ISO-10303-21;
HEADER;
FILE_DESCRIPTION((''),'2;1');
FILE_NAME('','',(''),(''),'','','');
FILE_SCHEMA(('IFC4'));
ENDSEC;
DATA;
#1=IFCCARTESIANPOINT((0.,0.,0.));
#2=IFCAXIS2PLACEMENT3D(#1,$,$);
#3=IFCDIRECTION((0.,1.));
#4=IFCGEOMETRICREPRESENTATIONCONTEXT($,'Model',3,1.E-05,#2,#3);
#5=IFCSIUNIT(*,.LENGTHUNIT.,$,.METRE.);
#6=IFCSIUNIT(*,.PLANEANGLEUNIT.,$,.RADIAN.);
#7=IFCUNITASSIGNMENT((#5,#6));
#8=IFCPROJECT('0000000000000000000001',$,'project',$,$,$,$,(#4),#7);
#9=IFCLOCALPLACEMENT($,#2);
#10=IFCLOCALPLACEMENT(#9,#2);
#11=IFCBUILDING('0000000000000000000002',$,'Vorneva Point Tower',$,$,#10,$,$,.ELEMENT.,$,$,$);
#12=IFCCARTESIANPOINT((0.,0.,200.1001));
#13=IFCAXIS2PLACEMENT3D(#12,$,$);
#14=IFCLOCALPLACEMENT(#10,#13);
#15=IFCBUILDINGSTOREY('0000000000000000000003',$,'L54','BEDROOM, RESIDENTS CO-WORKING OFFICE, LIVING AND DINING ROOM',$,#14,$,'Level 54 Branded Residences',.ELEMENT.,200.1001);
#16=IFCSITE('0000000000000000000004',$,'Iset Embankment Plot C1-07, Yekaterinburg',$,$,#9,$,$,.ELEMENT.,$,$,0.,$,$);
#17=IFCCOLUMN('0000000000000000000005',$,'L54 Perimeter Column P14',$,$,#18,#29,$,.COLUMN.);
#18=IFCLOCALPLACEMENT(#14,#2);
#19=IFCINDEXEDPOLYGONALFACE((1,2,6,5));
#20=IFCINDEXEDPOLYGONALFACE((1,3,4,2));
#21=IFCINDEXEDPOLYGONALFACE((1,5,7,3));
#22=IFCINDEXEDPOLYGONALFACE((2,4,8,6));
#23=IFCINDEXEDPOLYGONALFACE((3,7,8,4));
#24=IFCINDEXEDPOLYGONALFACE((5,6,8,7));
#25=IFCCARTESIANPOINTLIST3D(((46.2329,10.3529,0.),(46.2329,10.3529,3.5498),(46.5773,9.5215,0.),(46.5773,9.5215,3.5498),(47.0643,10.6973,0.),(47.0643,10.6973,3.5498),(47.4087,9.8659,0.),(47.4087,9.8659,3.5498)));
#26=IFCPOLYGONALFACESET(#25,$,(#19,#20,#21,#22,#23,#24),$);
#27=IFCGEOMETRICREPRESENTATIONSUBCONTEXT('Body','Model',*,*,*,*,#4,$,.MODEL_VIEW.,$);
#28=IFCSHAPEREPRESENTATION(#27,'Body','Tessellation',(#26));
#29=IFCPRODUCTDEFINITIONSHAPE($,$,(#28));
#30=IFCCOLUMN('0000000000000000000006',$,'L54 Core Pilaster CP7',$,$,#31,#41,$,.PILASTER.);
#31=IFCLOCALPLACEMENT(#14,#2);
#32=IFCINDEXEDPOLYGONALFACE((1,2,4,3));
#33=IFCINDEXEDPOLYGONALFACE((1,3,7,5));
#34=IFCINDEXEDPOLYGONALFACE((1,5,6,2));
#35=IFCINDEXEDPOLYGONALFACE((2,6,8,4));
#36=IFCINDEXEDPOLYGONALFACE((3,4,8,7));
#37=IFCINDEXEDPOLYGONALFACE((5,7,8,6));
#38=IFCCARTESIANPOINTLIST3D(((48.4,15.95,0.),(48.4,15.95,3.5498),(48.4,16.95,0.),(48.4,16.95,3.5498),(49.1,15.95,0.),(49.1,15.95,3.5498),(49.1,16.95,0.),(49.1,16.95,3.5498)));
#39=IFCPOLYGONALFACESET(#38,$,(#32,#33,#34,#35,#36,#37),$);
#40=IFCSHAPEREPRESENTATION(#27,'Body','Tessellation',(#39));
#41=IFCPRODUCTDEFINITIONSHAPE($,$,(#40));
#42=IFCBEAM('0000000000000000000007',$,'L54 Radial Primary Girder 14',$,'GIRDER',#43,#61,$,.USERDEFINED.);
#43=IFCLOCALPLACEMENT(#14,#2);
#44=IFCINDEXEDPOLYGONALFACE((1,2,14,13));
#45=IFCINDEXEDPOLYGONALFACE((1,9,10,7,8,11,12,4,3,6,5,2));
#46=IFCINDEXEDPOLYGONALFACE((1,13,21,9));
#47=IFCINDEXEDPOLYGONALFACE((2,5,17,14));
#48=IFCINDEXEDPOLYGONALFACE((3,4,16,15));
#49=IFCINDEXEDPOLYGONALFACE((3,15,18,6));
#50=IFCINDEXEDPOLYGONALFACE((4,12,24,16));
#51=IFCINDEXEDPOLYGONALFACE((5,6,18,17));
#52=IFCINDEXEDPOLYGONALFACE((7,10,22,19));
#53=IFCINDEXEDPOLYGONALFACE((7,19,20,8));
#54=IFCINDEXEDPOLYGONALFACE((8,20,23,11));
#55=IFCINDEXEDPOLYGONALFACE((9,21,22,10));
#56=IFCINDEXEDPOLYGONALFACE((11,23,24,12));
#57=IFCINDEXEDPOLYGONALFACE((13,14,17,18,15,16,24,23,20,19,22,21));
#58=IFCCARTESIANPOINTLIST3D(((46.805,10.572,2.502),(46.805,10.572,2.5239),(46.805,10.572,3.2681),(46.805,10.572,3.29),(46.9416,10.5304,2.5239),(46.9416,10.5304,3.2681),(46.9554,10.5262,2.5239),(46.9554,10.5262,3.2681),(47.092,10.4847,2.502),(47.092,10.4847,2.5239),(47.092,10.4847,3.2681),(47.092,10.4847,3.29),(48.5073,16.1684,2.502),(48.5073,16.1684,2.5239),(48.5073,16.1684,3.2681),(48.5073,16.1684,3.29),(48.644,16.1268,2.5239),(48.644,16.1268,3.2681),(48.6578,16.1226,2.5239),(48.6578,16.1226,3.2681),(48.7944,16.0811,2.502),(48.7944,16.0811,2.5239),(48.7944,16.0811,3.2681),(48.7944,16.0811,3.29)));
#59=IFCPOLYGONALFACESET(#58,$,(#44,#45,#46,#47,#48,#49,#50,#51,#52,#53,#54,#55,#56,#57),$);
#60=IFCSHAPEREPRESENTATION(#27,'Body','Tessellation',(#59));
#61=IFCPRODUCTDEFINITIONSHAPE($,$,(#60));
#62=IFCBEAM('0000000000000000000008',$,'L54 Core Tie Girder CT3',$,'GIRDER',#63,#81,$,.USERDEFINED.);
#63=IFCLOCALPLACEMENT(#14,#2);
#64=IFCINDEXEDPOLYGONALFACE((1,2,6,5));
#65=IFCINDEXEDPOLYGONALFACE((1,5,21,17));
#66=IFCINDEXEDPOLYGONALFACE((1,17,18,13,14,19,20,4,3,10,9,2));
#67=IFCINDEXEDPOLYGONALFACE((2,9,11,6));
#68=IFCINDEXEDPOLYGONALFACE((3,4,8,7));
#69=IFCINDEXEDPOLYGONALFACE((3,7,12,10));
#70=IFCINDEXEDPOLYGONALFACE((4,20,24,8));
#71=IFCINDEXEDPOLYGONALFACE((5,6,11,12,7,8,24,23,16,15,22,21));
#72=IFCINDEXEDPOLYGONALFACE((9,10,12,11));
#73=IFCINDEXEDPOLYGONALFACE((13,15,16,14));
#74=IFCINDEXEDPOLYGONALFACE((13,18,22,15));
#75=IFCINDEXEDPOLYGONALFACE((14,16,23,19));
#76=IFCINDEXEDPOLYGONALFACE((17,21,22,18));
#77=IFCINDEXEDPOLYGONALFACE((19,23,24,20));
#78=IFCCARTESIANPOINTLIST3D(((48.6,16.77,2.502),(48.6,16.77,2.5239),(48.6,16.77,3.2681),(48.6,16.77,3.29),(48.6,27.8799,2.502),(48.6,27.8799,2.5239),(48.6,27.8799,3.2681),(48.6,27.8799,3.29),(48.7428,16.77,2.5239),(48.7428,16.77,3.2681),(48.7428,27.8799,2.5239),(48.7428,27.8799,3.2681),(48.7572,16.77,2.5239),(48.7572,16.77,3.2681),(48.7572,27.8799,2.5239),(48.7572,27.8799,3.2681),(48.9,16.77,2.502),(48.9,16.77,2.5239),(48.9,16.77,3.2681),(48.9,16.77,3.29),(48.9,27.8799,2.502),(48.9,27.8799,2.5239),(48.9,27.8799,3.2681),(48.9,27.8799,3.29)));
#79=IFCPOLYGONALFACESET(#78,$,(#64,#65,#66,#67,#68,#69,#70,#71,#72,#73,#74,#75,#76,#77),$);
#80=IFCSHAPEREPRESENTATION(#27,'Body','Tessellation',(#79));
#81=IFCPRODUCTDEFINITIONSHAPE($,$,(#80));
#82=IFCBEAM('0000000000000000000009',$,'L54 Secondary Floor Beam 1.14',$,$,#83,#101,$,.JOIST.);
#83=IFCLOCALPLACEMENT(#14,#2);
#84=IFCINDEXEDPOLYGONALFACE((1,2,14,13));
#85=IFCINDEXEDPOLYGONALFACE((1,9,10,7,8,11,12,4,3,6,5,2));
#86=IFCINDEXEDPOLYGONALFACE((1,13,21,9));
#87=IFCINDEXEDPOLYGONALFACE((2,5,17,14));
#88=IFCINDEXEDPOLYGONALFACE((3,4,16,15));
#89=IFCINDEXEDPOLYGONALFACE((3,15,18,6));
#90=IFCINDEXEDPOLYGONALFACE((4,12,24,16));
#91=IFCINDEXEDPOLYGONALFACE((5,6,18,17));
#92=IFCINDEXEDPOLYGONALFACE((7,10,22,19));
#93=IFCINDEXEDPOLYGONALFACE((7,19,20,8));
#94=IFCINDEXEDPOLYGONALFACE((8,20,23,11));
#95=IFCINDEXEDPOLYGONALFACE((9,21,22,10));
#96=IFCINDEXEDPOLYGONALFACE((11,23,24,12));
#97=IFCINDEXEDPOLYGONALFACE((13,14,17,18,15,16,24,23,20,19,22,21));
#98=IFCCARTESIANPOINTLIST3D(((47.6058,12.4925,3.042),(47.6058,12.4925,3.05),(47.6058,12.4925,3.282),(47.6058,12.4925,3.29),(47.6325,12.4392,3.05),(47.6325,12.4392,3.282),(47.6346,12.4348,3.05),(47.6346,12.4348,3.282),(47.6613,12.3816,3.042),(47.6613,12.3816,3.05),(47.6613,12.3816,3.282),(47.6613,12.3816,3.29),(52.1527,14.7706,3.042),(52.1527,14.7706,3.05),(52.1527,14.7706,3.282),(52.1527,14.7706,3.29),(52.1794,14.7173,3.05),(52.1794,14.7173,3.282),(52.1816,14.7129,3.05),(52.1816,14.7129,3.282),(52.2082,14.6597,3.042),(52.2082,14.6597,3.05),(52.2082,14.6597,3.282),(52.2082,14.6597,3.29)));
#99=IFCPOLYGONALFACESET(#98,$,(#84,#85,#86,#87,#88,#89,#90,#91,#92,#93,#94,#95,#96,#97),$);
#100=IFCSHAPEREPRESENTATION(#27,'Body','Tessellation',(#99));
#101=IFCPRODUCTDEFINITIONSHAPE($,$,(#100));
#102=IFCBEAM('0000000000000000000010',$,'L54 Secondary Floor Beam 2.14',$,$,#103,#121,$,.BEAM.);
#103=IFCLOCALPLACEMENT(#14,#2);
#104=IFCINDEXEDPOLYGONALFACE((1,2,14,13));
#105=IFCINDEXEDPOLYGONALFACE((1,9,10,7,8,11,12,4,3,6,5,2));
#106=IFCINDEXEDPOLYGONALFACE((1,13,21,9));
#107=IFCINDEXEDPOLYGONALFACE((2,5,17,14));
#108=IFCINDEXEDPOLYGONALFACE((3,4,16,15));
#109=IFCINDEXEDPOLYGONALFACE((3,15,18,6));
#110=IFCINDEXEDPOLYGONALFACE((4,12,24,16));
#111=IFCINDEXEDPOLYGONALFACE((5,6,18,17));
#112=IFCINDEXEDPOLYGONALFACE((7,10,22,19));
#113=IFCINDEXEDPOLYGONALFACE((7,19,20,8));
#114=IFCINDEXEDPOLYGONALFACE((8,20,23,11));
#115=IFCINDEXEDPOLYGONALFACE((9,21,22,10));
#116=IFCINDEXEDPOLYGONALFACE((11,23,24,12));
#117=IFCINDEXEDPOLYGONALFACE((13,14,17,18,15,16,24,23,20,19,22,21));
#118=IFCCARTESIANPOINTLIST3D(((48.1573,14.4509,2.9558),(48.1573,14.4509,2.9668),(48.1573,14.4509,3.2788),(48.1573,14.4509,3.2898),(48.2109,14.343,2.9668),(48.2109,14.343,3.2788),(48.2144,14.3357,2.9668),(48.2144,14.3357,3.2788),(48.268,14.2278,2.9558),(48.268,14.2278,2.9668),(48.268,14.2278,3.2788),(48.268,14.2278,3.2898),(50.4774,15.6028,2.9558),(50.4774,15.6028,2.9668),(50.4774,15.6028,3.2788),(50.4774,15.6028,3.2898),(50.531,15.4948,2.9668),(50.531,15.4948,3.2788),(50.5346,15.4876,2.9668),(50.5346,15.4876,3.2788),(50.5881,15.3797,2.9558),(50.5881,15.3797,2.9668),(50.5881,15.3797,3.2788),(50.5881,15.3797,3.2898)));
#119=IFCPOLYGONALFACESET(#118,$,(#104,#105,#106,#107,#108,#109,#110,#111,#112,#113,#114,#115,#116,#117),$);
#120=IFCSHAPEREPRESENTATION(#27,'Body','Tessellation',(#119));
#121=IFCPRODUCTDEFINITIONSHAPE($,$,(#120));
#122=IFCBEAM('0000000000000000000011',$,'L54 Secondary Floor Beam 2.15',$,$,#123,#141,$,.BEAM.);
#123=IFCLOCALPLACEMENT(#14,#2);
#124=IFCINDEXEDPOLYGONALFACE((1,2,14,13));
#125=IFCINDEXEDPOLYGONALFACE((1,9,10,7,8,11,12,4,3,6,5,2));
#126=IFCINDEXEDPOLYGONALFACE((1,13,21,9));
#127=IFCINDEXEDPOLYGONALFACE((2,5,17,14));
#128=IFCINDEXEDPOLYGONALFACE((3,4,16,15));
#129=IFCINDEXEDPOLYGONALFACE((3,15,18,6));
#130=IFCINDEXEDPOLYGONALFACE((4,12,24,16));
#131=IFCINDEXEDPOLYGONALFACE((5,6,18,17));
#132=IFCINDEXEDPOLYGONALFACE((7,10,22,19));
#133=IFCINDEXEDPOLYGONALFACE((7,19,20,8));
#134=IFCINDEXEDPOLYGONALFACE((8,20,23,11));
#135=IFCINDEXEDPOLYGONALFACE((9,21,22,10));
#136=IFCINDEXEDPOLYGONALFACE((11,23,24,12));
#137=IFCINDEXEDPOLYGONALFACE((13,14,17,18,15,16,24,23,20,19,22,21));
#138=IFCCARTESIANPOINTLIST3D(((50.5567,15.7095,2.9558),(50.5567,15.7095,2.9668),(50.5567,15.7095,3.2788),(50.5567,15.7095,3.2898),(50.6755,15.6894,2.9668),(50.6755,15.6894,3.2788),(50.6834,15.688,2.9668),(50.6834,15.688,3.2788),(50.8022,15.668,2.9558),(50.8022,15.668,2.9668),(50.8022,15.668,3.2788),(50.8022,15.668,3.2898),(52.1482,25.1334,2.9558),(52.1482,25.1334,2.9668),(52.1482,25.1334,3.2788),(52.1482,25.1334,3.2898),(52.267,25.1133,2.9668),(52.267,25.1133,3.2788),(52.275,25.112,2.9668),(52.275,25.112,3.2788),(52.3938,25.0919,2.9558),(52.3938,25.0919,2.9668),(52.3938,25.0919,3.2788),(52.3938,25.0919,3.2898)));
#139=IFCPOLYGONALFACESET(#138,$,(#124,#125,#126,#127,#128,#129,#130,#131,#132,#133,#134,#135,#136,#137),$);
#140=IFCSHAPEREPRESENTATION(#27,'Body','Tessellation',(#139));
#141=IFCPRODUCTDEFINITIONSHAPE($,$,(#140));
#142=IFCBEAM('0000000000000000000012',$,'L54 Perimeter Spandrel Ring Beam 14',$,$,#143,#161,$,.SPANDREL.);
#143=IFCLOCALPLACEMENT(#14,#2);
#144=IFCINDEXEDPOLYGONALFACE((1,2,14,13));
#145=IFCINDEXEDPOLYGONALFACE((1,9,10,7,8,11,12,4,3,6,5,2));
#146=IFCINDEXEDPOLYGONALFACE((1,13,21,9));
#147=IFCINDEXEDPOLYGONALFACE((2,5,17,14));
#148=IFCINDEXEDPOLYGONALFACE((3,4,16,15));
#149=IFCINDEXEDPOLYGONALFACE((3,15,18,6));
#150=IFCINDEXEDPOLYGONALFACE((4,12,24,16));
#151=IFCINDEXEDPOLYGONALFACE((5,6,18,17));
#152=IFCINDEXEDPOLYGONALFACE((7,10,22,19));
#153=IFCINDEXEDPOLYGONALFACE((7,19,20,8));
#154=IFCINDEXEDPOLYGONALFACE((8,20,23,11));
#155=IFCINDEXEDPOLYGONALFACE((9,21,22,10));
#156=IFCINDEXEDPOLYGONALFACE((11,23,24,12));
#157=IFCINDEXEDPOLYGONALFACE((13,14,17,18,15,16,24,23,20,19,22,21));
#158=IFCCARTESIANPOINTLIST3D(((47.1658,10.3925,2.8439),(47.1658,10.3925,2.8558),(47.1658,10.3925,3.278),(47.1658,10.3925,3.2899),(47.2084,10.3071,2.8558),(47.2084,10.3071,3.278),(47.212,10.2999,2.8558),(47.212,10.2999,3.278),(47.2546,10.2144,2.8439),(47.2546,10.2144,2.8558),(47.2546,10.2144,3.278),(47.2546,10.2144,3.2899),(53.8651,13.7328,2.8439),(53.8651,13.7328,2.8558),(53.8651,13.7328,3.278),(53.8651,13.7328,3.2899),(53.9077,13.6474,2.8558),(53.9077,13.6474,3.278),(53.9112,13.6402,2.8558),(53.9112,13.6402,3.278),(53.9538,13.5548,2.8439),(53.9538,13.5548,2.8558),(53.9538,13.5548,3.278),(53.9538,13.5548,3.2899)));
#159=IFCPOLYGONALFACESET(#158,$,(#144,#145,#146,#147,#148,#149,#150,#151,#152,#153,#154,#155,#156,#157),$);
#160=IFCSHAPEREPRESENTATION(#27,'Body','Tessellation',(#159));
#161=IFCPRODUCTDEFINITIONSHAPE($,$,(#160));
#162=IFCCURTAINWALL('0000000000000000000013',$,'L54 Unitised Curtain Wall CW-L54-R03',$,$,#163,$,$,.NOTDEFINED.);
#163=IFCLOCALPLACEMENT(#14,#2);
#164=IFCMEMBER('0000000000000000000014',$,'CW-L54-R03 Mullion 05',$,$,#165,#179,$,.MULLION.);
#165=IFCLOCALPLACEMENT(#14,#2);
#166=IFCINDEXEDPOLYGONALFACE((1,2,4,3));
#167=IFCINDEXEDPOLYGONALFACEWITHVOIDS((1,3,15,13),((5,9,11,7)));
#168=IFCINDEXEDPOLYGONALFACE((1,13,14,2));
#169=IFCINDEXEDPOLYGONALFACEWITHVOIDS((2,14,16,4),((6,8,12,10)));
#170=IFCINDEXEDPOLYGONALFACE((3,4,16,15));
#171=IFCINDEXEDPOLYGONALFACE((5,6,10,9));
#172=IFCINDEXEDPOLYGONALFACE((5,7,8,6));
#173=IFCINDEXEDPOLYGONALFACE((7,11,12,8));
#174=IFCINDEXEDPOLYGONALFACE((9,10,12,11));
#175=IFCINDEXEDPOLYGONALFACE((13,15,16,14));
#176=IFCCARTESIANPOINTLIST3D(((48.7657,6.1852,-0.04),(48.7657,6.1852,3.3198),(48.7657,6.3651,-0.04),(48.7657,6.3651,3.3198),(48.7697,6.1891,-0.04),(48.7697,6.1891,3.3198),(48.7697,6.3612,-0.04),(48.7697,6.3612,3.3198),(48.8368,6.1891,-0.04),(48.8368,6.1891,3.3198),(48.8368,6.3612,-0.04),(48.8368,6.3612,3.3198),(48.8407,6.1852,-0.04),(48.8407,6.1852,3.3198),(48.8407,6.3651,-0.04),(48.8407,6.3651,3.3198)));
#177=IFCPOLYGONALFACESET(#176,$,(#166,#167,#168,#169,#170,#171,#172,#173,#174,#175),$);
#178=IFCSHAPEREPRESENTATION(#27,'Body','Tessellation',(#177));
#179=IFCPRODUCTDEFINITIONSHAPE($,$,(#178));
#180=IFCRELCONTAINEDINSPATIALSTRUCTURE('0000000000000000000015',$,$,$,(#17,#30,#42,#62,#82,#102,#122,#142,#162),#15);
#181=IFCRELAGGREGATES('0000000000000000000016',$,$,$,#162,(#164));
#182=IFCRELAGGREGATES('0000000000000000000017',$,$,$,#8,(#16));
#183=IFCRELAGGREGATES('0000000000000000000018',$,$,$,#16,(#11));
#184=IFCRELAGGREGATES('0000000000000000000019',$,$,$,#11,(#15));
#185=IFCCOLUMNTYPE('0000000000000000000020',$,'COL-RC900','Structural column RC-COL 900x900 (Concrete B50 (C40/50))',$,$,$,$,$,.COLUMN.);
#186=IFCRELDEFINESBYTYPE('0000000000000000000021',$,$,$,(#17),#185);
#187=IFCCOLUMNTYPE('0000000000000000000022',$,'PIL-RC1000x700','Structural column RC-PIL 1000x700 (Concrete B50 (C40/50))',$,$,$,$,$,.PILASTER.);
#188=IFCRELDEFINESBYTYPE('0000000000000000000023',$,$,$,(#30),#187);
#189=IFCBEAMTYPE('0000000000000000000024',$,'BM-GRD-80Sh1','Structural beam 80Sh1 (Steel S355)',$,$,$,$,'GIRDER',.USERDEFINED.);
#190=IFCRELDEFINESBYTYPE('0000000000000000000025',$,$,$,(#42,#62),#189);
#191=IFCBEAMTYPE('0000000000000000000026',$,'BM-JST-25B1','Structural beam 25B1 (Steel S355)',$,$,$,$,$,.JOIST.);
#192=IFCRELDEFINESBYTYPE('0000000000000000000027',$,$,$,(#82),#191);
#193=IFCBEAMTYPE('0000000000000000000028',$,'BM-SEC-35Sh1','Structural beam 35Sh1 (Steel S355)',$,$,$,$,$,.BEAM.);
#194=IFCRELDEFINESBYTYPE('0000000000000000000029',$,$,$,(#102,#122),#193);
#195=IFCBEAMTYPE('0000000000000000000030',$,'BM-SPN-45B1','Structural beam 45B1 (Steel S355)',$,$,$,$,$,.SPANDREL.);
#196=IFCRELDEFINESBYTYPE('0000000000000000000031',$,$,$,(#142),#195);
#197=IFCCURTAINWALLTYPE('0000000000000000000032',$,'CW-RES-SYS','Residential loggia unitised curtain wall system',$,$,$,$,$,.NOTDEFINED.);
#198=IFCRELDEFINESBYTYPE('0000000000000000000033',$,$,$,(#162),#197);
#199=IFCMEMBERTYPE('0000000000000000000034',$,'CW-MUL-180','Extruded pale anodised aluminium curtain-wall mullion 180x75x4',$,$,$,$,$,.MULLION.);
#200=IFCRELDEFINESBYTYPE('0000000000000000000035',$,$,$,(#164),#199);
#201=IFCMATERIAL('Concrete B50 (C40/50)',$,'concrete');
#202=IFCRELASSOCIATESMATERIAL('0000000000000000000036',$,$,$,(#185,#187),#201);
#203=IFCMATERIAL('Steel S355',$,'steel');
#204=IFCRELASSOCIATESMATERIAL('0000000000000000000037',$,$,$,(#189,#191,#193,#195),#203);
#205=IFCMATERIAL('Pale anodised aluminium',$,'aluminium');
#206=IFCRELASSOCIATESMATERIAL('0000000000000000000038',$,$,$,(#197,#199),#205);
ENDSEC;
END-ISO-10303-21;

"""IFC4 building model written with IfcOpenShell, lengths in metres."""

from ifc_helpers import new_model, si_unit, direction, frame, origin, origin_2d, place, context, subcontext, project, spatial, rectangle, hollow_rectangle, i_section, extrude, material, material_profile, profile_set, type_object, element, aggregate, save


model = new_model("IFC4")

# Units and contexts
model_context = context("Model", 3, precision=1e-05, world=origin(), true_north=direction((0.0, 1.0)))
body_context = subcontext(model_context, "Body", "Model", "MODEL_VIEW")
ifc_project = project(units=[si_unit("LENGTHUNIT", "METRE"), si_unit("PLANEANGLEUNIT", "RADIAN")], contexts=[model_context])

# Site, building, storey
site_placement = place(None, origin())
site = spatial("IfcSite", under=ifc_project, at=site_placement, Name="Iset Embankment Plot C1-07, Yekaterinburg", CompositionType="ELEMENT", RefElevation=0.0)
building_placement = place(site_placement, origin())
building = spatial("IfcBuilding", under=site, at=building_placement, Name="Vorneva Point Tower", CompositionType="ELEMENT")
storey_placement = place(building_placement, frame((0.0, 0.0, 200.1001)))
storey = spatial("IfcBuildingStorey", under=building, at=storey_placement, Name="L54", Description="BEDROOM, RESIDENTS CO-WORKING OFFICE, LIVING AND DINING ROOM", LongName="Level 54 Branded Residences", CompositionType="ELEMENT", Elevation=200.1001)

# Columns
ifc_material_1 = material(Name="Concrete B50 (C40/50)", Category="concrete")
ifc_material_profile_1 = material_profile(ifc_material_1, rectangle(XDim=0.8999, YDim=0.8999, at=origin_2d()), Name="RC-COL 900x900")
ifc_profile_set_1 = profile_set([ifc_material_profile_1], Name="Concrete B50 (C40/50)")
column_type_1 = type_object("IfcColumnType", Name="COL-RC900", Description="Structural column RC-COL 900x900 (Concrete B50 (C40/50))", PredefinedType="COLUMN", material=ifc_profile_set_1)
column_1_placement = place(storey_placement, frame((46.8208, 10.1094, 0.0), z_axis=(0.0, 0.0, 1.0), x_axis=(0.382683, -0.92388, 0.0)))
element("IfcColumn", 1, at=column_1_placement, inside=storey, type_object=column_type_1, Name="L54 Perimeter Column P14", PredefinedType="COLUMN", context=body_context, shape_type="SweptSolid", body=[
    extrude(rectangle(XDim=0.8999, YDim=0.8999, at=origin_2d()), origin(), (0.0, 0.0, 1.0), 3.5498),
])
ifc_material_profile_2 = material_profile(ifc_material_1, rectangle(XDim=0.7, YDim=1.0, at=origin_2d()), Name="RC-PIL 1000x700")
ifc_profile_set_2 = profile_set([ifc_material_profile_2], Name="Concrete B50 (C40/50)")
column_type_2 = type_object("IfcColumnType", Name="PIL-RC1000x700", Description="Structural column RC-PIL 1000x700 (Concrete B50 (C40/50))", PredefinedType="PILASTER", material=ifc_profile_set_2)
column_2_placement = place(storey_placement, frame((48.75, 16.45, 0.0), z_axis=(0.0, 0.0, 1.0), x_axis=(1.0, 0.0, 0.0)))
element("IfcColumn", 2, at=column_2_placement, inside=storey, type_object=column_type_2, Name="L54 Core Pilaster CP7", PredefinedType="PILASTER", context=body_context, shape_type="SweptSolid", body=[
    extrude(rectangle(XDim=0.7, YDim=1.0, at=origin_2d()), origin(), (0.0, 0.0, 1.0), 3.5498),
])

# Beams
ifc_material_2 = material(Name="Steel S355", Category="steel")
ifc_material_profile_3 = material_profile(ifc_material_2, i_section(OverallWidth=0.3, OverallDepth=0.7881, WebThickness=0.0144, FlangeThickness=0.022, at=origin_2d()), Name="80Sh1")
ifc_profile_set_3 = profile_set([ifc_material_profile_3], Name="Steel S355")
beam_type_1 = type_object("IfcBeamType", Name="BM-GRD-80Sh1", Description="Structural beam 80Sh1 (Steel S355)", ElementType="GIRDER", PredefinedType="USERDEFINED", material=ifc_profile_set_3)
beam_1_placement = place(storey_placement, frame((46.9485, 10.5283, 2.896), z_axis=(0.291025, 0.956715, 0.0), x_axis=(-0.956715, 0.291025, 0.0)))
element("IfcBeam", 3, at=beam_1_placement, inside=storey, type_object=beam_type_1, Name="L54 Radial Primary Girder 14", ObjectType="GIRDER", PredefinedType="USERDEFINED", context=body_context, shape_type="SweptSolid", body=[
    extrude(i_section(OverallWidth=0.3, OverallDepth=0.7881, WebThickness=0.0144, FlangeThickness=0.022, at=origin_2d()), origin(), (0.0, 0.0, 1.0), 5.8496),
])
beam_2_placement = place(storey_placement, frame((48.75, 16.77, 2.896), z_axis=(0.0, 1.0, 0.0), x_axis=(-1.0, 0.0, 0.0)))
element("IfcBeam", 4, at=beam_2_placement, inside=storey, type_object=beam_type_1, Name="L54 Core Tie Girder CT3", ObjectType="GIRDER", PredefinedType="USERDEFINED", context=body_context, shape_type="SweptSolid", body=[
    extrude(i_section(OverallWidth=0.3, OverallDepth=0.7881, WebThickness=0.0144, FlangeThickness=0.022, at=origin_2d()), origin(), (0.0, 0.0, 1.0), 11.1099),
])
ifc_material_profile_4 = material_profile(ifc_material_2, i_section(OverallWidth=0.124, OverallDepth=0.248, WebThickness=0.0049, FlangeThickness=0.0081, at=origin_2d()), Name="25B1")
ifc_profile_set_4 = profile_set([ifc_material_profile_4], Name="Steel S355")
beam_type_2 = type_object("IfcBeamType", Name="BM-JST-25B1", Description="Structural beam 25B1 (Steel S355)", PredefinedType="JOIST", material=ifc_profile_set_4)
beam_3_placement = place(storey_placement, frame((47.6335, 12.437, 3.166), z_axis=(0.894062, 0.447943, 0.0), x_axis=(-0.447943, 0.894062, 0.0)))
element("IfcBeam", 5, at=beam_3_placement, inside=storey, type_object=beam_type_2, Name="L54 Secondary Floor Beam 1.14", PredefinedType="JOIST", context=body_context, shape_type="SweptSolid", body=[
    extrude(i_section(OverallWidth=0.124, OverallDepth=0.248, WebThickness=0.0049, FlangeThickness=0.0081, at=origin_2d()), origin(), (0.0, 0.0, 1.0), 5.0857),
])
ifc_material_profile_5 = material_profile(ifc_material_2, i_section(OverallWidth=0.249, OverallDepth=0.334, WebThickness=0.0081, FlangeThickness=0.011, at=origin_2d()), Name="35Sh1")
ifc_profile_set_5 = profile_set([ifc_material_profile_5], Name="Steel S355")
beam_type_3 = type_object("IfcBeamType", Name="BM-SEC-35Sh1", Description="Structural beam 35Sh1 (Steel S355)", PredefinedType="BEAM", material=ifc_profile_set_5)
beam_4_placement = place(storey_placement, frame((48.2126, 14.3394, 3.1228), z_axis=(0.895687, 0.444686, 0.0), x_axis=(-0.444686, 0.895687, 0.0)))
element("IfcBeam", 6, at=beam_4_placement, inside=storey, type_object=beam_type_3, Name="L54 Secondary Floor Beam 2.14", PredefinedType="BEAM", context=body_context, shape_type="SweptSolid", body=[
    extrude(i_section(OverallWidth=0.249, OverallDepth=0.334, WebThickness=0.0081, FlangeThickness=0.011, at=origin_2d()), origin(), (0.0, 0.0, 1.0), 2.5903),
])
beam_5_placement = place(storey_placement, frame((50.6794, 15.6887, 3.1228), z_axis=(0.166528, 0.986037, 0.0), x_axis=(-0.986037, 0.166528, 0.0)))
element("IfcBeam", 7, at=beam_5_placement, inside=storey, type_object=beam_type_3, Name="L54 Secondary Floor Beam 2.15", PredefinedType="BEAM", context=body_context, shape_type="SweptSolid", body=[
    extrude(i_section(OverallWidth=0.249, OverallDepth=0.334, WebThickness=0.0081, FlangeThickness=0.011, at=origin_2d()), origin(), (0.0, 0.0, 1.0), 9.5574),
])
ifc_material_profile_6 = material_profile(ifc_material_2, i_section(OverallWidth=0.199, OverallDepth=0.446, WebThickness=0.0081, FlangeThickness=0.012, at=origin_2d()), Name="45B1")
ifc_profile_set_6 = profile_set([ifc_material_profile_6], Name="Steel S355")
beam_type_4 = type_object("IfcBeamType", Name="BM-SPN-45B1", Description="Structural beam 45B1 (Steel S355)", PredefinedType="SPANDREL", material=ifc_profile_set_6)
beam_6_placement = place(storey_placement, frame((47.2102, 10.3035, 3.0669), z_axis=(0.894922, 0.446222, 0.0), x_axis=(-0.446222, 0.894922, 0.0)))
element("IfcBeam", 8, at=beam_6_placement, inside=storey, type_object=beam_type_4, Name="L54 Perimeter Spandrel Ring Beam 14", PredefinedType="SPANDREL", context=body_context, shape_type="SweptSolid", body=[
    extrude(i_section(OverallWidth=0.199, OverallDepth=0.446, WebThickness=0.0081, FlangeThickness=0.012, at=origin_2d()), origin(), (0.0, 0.0, 1.0), 7.4858),
])

# Curtain wall, member
ifc_material_3 = material(Name="Pale anodised aluminium", Category="aluminium")
curtain_wall_type = type_object("IfcCurtainWallType", Name="CW-RES-SYS", Description="Residential loggia unitised curtain wall system", PredefinedType="NOTDEFINED", material=ifc_material_3)
curtain_wall_placement = place(storey_placement, origin())
curtain_wall = element("IfcCurtainWall", 9, at=curtain_wall_placement, inside=storey, type_object=curtain_wall_type, Name="L54 Unitised Curtain Wall CW-L54-R03", PredefinedType="NOTDEFINED")
ifc_material_profile_7 = material_profile(ifc_material_3, hollow_rectangle(XDim=0.075, YDim=0.1799, WallThickness=0.0039, at=origin_2d()), Name="AL-MUL 180x75x4")
ifc_profile_set_7 = profile_set([ifc_material_profile_7], Name="Pale anodised aluminium")
member_type = type_object("IfcMemberType", Name="CW-MUL-180", Description="Extruded pale anodised aluminium curtain-wall mullion 180x75x4", PredefinedType="MULLION", material=ifc_profile_set_7)
member_placement = place(storey_placement, frame((48.8032, 6.2751, -0.04), z_axis=(0.0, 0.0, 1.0), x_axis=(1.0, 0.0, 0.0)))
member = element("IfcMember", 10, at=member_placement, type_object=member_type, Name="CW-L54-R03 Mullion 05", PredefinedType="MULLION", context=body_context, shape_type="SweptSolid", body=[
    extrude(hollow_rectangle(XDim=0.075, YDim=0.1799, WallThickness=0.0039, at=origin_2d()), origin(), (0.0, 0.0, 1.0), 3.3599),
])
aggregate(curtain_wall, [member])

save(model, "model.ifc")
